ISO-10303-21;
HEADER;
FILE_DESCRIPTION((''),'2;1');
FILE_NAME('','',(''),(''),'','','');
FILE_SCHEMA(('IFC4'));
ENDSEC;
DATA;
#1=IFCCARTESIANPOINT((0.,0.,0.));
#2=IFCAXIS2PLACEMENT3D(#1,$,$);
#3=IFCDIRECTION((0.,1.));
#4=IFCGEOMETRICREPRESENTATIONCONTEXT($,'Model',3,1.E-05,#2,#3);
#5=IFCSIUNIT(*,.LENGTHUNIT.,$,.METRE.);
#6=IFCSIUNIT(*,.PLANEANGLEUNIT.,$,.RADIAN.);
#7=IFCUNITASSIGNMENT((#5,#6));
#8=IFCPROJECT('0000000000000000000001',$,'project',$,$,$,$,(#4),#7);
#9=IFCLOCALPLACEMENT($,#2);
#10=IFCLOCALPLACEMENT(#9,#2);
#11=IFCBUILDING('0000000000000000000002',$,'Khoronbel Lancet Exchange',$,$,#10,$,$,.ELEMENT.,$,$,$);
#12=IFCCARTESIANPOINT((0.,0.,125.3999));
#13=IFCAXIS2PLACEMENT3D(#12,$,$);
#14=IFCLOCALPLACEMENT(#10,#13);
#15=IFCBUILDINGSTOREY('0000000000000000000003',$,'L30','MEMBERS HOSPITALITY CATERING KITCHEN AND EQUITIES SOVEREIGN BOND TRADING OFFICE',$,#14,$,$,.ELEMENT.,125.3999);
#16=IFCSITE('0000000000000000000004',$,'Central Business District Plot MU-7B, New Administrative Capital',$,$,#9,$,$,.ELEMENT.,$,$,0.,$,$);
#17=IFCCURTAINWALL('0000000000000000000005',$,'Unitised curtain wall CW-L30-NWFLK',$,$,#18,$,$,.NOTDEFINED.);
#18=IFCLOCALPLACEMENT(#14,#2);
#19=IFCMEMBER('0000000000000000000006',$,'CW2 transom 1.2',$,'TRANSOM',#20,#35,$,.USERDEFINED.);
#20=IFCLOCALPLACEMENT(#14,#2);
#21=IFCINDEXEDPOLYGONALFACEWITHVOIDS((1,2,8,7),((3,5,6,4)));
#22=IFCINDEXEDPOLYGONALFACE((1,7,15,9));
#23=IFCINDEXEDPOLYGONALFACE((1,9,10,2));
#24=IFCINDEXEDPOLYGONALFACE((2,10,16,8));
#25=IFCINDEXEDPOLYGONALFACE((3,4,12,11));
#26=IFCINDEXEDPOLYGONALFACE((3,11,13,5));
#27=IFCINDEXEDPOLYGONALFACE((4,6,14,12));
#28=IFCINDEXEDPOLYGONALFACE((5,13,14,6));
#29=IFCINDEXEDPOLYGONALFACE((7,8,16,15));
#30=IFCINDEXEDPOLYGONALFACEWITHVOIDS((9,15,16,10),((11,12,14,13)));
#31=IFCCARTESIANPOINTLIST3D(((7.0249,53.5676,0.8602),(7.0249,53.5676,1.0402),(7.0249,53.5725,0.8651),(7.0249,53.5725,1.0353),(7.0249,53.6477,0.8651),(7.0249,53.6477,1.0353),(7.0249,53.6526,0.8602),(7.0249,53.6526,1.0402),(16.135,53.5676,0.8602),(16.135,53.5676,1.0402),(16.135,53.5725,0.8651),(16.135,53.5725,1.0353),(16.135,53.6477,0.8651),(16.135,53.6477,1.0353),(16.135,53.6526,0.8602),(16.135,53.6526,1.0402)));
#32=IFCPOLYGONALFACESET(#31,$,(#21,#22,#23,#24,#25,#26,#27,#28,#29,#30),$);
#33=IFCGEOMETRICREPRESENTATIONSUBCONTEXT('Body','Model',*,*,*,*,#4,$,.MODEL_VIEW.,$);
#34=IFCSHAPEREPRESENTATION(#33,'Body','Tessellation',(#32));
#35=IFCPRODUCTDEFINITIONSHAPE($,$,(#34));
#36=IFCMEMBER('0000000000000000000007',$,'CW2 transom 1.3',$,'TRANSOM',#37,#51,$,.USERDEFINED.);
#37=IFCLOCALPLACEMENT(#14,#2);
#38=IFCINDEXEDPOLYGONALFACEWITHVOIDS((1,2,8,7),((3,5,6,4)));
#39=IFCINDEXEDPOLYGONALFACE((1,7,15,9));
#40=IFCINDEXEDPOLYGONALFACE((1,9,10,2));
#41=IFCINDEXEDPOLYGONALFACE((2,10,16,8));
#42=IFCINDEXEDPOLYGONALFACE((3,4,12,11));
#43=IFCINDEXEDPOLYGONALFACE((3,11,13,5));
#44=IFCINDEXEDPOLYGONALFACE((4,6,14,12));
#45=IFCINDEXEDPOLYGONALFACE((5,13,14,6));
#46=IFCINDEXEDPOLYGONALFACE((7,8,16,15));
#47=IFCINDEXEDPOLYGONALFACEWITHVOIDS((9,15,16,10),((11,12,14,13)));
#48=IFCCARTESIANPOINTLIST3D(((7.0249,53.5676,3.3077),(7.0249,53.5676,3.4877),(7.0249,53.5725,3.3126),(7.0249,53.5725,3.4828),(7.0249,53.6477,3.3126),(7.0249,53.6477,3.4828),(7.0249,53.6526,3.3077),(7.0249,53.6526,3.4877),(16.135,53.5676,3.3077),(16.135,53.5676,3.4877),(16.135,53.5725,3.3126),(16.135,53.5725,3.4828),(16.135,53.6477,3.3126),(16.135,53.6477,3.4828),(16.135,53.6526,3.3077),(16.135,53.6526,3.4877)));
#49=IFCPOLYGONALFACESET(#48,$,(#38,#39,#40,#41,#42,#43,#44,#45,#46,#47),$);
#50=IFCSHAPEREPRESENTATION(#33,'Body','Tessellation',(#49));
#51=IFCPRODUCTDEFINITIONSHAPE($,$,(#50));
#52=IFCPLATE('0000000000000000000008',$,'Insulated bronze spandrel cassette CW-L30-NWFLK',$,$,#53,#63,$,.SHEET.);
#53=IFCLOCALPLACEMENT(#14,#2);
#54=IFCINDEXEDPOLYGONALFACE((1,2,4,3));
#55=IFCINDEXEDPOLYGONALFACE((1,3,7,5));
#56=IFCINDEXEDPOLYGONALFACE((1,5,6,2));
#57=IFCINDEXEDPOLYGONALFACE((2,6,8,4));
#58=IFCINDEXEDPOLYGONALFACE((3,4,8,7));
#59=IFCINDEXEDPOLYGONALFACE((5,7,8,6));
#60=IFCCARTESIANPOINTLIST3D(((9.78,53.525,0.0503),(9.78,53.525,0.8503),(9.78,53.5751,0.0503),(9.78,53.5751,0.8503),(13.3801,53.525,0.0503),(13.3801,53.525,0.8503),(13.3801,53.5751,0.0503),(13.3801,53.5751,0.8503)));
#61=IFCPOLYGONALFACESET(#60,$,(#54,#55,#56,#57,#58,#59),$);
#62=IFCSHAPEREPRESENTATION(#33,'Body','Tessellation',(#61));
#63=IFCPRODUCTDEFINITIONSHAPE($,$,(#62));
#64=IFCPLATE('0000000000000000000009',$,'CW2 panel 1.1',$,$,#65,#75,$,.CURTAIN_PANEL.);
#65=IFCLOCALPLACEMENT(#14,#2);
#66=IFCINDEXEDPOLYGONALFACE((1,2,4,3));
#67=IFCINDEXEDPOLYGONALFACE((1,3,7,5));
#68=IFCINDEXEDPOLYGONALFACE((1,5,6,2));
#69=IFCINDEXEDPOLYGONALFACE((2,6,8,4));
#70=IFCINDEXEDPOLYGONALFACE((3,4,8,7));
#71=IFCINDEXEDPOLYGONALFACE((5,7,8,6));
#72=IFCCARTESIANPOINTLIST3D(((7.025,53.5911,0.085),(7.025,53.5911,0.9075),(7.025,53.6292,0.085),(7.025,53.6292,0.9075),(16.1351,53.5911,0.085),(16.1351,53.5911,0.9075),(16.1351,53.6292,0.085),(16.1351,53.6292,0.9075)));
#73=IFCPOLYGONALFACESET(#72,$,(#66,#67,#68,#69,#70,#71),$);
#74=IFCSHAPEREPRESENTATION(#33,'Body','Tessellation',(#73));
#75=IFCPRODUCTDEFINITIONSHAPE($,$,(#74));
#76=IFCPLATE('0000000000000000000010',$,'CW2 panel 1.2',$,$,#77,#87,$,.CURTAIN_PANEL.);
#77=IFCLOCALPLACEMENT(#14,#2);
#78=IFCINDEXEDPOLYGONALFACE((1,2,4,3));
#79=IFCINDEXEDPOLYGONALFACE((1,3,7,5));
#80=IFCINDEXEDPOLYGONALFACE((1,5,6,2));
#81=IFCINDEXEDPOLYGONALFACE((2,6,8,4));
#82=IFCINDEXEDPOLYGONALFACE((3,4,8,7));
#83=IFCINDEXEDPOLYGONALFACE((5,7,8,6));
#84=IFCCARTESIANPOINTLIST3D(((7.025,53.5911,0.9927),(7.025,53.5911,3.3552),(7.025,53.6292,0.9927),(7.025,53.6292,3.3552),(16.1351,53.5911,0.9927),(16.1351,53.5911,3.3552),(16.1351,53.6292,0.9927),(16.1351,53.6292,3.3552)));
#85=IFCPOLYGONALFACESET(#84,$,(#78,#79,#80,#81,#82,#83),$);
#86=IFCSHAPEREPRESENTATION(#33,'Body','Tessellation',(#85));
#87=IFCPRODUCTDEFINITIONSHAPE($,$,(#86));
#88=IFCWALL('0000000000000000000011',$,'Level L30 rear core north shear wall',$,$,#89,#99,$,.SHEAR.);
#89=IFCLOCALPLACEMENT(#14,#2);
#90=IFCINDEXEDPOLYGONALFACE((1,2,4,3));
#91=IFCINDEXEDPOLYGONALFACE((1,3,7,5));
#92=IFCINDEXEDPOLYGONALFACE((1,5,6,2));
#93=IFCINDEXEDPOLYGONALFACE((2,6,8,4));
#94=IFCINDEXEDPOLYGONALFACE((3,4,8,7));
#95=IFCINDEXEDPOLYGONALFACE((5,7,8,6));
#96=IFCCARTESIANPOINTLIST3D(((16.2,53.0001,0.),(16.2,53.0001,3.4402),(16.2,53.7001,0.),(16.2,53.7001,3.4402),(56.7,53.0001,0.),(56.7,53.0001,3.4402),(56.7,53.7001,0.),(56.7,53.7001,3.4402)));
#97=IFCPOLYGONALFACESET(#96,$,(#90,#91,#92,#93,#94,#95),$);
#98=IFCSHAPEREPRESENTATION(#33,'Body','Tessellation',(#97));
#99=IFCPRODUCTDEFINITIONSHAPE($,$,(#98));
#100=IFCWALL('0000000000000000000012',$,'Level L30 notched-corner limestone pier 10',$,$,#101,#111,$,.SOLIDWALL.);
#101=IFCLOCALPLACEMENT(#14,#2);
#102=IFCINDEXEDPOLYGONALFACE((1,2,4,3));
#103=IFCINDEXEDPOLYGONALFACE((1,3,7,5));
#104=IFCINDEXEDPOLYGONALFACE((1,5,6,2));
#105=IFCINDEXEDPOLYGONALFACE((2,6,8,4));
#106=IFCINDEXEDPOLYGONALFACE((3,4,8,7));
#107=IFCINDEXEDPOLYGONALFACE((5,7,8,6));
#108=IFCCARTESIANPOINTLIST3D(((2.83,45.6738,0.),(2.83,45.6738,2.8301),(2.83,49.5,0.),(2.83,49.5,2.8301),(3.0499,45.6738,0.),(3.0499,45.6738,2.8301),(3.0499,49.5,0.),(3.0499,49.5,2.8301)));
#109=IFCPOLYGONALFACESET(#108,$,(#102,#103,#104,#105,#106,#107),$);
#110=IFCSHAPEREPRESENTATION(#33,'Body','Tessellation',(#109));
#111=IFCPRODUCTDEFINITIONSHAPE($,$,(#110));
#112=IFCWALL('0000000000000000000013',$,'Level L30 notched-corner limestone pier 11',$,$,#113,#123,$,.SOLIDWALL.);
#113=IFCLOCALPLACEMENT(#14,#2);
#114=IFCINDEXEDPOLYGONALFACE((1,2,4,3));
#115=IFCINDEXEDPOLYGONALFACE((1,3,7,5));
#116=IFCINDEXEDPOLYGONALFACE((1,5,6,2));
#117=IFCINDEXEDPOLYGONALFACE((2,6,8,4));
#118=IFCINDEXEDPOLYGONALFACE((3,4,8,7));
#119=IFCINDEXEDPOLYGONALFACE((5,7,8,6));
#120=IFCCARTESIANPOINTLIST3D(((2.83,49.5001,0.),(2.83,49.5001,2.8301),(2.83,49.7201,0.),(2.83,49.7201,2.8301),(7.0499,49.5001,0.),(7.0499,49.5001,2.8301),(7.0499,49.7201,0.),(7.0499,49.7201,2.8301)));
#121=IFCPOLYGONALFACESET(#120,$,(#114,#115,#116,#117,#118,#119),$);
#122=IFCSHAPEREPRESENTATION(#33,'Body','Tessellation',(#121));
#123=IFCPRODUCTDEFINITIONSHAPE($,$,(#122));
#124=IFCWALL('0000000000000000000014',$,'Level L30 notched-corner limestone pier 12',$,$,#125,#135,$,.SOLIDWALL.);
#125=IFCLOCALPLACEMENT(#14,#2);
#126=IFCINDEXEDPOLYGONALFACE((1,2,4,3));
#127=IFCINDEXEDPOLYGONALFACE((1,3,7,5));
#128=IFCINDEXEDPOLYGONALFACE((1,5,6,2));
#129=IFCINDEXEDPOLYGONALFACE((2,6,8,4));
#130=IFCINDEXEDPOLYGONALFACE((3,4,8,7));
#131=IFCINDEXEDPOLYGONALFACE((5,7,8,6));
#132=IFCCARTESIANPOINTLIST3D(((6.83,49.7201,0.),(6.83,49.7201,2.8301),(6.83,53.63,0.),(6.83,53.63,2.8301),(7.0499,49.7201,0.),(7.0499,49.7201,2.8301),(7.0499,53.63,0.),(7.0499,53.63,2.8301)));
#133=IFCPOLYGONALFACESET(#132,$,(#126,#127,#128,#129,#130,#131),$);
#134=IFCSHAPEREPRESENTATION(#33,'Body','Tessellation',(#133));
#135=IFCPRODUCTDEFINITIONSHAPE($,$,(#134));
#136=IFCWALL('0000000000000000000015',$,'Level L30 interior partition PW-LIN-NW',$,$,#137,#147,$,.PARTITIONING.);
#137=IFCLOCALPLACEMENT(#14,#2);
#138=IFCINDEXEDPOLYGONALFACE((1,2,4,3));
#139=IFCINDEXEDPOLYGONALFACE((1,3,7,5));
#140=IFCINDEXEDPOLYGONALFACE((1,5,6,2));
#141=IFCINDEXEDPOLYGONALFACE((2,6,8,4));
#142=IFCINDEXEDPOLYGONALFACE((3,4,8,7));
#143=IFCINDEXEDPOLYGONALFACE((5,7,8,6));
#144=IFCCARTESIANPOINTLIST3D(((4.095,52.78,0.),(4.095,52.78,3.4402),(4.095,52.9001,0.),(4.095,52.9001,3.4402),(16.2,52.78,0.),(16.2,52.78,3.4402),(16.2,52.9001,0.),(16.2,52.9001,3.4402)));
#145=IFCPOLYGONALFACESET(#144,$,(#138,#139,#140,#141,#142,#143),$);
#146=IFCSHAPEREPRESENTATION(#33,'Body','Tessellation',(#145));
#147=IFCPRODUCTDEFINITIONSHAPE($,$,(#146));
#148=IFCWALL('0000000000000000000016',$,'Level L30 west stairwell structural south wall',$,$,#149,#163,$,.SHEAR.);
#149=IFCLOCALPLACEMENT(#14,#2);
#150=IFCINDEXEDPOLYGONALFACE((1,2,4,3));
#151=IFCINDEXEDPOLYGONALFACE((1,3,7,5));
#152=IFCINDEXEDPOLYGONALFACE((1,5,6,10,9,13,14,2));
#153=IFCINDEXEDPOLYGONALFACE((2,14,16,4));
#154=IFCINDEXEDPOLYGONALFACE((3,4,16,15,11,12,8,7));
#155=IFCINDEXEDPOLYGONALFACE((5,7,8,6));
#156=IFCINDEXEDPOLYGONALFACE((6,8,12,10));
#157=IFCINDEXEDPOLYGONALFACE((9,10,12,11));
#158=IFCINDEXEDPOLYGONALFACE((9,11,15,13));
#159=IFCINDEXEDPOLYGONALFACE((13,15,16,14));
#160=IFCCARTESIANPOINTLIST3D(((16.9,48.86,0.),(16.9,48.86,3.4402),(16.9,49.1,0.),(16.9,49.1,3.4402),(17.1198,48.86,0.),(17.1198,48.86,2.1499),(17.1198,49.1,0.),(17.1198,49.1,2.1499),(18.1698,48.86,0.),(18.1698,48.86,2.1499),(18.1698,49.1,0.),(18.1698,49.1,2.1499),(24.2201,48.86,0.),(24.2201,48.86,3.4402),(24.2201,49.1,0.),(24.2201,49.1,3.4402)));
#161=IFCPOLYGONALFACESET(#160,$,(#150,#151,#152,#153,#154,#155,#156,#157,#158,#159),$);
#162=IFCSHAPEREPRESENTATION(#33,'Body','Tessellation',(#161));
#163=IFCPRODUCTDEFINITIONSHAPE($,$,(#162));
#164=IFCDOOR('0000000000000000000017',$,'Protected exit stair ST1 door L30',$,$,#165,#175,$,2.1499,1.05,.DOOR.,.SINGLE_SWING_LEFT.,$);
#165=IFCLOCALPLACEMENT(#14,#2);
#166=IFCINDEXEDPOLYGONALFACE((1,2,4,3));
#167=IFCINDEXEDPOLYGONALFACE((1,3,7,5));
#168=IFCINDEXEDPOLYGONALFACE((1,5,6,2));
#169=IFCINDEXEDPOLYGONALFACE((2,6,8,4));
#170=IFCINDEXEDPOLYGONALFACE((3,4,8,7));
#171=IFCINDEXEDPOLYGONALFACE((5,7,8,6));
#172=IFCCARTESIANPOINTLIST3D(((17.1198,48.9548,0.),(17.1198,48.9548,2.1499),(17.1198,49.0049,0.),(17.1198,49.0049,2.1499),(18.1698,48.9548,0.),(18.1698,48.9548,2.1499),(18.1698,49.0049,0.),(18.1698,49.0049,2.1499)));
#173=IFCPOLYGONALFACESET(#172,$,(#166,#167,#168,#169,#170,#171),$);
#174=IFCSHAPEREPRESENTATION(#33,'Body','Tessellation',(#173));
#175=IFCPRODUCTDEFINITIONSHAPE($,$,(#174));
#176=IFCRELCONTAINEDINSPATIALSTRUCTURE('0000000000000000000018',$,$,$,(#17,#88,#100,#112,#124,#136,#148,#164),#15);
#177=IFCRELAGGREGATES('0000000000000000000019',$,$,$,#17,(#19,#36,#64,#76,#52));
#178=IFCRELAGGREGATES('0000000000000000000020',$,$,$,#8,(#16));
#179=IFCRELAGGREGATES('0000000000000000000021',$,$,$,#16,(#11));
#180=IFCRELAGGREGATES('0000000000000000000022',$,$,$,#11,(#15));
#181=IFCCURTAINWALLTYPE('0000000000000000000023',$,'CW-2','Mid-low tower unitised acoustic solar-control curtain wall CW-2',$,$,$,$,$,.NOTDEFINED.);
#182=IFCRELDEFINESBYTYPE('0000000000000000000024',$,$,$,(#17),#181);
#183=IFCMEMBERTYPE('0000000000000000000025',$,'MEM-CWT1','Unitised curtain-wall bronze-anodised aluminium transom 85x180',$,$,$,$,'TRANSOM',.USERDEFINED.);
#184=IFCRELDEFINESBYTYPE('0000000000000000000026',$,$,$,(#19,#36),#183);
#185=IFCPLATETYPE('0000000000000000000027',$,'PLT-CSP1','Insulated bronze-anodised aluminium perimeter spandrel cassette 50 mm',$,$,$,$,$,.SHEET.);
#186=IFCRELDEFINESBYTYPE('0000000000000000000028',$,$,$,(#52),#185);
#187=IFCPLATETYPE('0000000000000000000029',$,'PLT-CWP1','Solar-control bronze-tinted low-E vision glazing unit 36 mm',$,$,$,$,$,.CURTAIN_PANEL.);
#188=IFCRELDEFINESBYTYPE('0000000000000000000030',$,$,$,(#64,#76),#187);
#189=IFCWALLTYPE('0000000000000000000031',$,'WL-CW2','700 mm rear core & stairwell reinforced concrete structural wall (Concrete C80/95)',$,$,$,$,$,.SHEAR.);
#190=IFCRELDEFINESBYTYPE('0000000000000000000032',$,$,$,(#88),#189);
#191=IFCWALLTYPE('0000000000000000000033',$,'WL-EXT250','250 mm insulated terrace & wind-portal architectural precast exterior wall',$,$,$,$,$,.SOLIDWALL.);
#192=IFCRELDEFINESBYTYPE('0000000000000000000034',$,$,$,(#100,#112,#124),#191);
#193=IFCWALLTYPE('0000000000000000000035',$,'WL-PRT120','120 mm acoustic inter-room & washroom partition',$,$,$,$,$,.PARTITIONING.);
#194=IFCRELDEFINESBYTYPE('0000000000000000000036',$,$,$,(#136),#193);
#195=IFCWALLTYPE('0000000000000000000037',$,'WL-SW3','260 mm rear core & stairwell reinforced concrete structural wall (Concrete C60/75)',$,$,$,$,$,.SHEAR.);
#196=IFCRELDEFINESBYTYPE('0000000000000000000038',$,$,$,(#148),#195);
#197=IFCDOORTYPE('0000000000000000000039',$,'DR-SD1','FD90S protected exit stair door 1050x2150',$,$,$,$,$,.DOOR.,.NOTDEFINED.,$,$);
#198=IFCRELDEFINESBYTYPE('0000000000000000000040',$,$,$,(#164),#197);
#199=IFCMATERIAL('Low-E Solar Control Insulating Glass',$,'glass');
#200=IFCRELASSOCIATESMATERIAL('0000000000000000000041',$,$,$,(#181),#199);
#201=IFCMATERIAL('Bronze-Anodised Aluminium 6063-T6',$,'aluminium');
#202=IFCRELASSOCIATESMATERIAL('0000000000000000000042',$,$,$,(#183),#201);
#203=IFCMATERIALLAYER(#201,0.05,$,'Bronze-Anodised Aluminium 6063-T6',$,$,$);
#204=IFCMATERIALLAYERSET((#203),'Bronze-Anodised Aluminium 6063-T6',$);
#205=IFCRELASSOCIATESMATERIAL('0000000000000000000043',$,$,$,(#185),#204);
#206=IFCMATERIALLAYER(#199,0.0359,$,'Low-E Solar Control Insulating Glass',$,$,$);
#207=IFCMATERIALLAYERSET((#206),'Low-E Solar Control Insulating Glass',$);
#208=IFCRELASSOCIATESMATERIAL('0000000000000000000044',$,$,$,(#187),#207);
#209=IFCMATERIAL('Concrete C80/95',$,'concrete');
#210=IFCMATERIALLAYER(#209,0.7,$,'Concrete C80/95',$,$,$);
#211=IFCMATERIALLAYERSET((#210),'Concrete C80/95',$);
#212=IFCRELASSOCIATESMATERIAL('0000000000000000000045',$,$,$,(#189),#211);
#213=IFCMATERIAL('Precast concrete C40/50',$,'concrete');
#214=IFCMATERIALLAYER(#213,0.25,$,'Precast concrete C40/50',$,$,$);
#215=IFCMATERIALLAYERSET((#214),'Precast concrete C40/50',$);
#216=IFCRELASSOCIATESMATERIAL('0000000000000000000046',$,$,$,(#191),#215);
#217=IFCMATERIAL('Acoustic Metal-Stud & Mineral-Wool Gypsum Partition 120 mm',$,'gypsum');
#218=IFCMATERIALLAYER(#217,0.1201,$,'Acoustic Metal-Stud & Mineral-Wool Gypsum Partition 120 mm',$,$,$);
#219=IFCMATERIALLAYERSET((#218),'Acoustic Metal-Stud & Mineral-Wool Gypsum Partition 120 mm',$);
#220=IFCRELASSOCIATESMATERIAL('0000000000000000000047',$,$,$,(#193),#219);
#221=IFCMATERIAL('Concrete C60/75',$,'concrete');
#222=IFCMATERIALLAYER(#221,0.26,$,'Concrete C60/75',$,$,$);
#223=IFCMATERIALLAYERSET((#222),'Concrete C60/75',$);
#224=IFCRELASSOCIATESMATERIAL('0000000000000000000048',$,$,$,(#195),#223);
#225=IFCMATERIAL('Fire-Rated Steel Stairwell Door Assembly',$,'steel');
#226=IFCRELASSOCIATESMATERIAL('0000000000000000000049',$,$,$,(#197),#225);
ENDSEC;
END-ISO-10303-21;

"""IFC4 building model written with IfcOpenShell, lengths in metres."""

from ifc_helpers import new_model, si_unit, direction, frame, frame_2d, origin, origin_2d, place, context, subcontext, project, spatial, rectangle, hollow_rectangle, extrude, material, layer, layer_set, material_profile, profile_set, type_object, element, fill, aggregate, save


model = new_model("IFC4")

# Units and contexts
model_context = context("Model", 3, precision=1e-05, world=origin(), true_north=direction((0.0, 1.0)))
body_context = subcontext(model_context, "Body", "Model", "MODEL_VIEW")
ifc_project = project(units=[si_unit("LENGTHUNIT", "METRE"), si_unit("PLANEANGLEUNIT", "RADIAN")], contexts=[model_context])

# Site, building, storey
site_placement = place(None, origin())
site = spatial("IfcSite", under=ifc_project, at=site_placement, Name="Central Business District Plot MU-7B, New Administrative Capital", CompositionType="ELEMENT", RefElevation=0.0)
building_placement = place(site_placement, origin())
building = spatial("IfcBuilding", under=site, at=building_placement, Name="Khoronbel Lancet Exchange", CompositionType="ELEMENT")
storey_placement = place(building_placement, frame((0.0, 0.0, 125.3999)))
storey = spatial("IfcBuildingStorey", under=building, at=storey_placement, Name="L30", Description="MEMBERS HOSPITALITY CATERING KITCHEN AND EQUITIES SOVEREIGN BOND TRADING OFFICE", CompositionType="ELEMENT", Elevation=125.3999)

# Curtain wall, members, plates
ifc_material_1 = material(Name="Low-E Solar Control Insulating Glass", Category="glass")
curtain_wall_type = type_object("IfcCurtainWallType", Name="CW-2", Description="Mid-low tower unitised acoustic solar-control curtain wall CW-2", PredefinedType="NOTDEFINED", material=ifc_material_1)
curtain_wall_placement = place(storey_placement, origin())
curtain_wall = element("IfcCurtainWall", 1, at=curtain_wall_placement, inside=storey, type_object=curtain_wall_type, Name="Unitised curtain wall CW-L30-NWFLK", PredefinedType="NOTDEFINED")
ifc_material_2 = material(Name="Bronze-Anodised Aluminium 6063-T6", Category="aluminium")
ifc_material_profile_1 = material_profile(ifc_material_2, hollow_rectangle(XDim=0.085, YDim=0.1799, WallThickness=0.0049, at=origin_2d()), Name="ALU TRANSOM 85x180")
ifc_profile_set_1 = profile_set([ifc_material_profile_1], Name="Bronze-Anodised Aluminium 6063-T6")
member_type_1 = type_object("IfcMemberType", Name="MEM-CWT1", Description="Unitised curtain-wall bronze-anodised aluminium transom 85x180", ElementType="TRANSOM", PredefinedType="USERDEFINED", material=ifc_profile_set_1)
member_1_placement = place(storey_placement, frame((16.135, 53.6101, 0.9502), z_axis=(-1.0, 0.0, 0.0), x_axis=(0.0, -1.0, 0.0)))
member_1 = element("IfcMember", 2, at=member_1_placement, type_object=member_type_1, Name="CW2 transom 1.2", ObjectType="TRANSOM", PredefinedType="USERDEFINED", context=body_context, shape_type="SweptSolid", body=[
    extrude(hollow_rectangle(XDim=0.085, YDim=0.1799, WallThickness=0.0049, at=origin_2d()), origin(), (0.0, 0.0, 1.0), 9.1101),
])
member_2_placement = place(storey_placement, frame((16.135, 53.6101, 3.3977), z_axis=(-1.0, 0.0, 0.0), x_axis=(0.0, -1.0, 0.0)))
member_2 = element("IfcMember", 3, at=member_2_placement, type_object=member_type_1, Name="CW2 transom 1.3", ObjectType="TRANSOM", PredefinedType="USERDEFINED", context=body_context, shape_type="SweptSolid", body=[
    extrude(hollow_rectangle(XDim=0.085, YDim=0.1799, WallThickness=0.0049, at=origin_2d()), origin(), (0.0, 0.0, 1.0), 9.1101),
])
ifc_layer_1 = layer(ifc_material_2, 0.05, Name="Bronze-Anodised Aluminium 6063-T6")
ifc_layer_set_1 = layer_set([ifc_layer_1], Name="Bronze-Anodised Aluminium 6063-T6")
plate_type_1 = type_object("IfcPlateType", Name="PLT-CSP1", Description="Insulated bronze-anodised aluminium perimeter spandrel cassette 50 mm", PredefinedType="SHEET", material=ifc_layer_set_1)
plate_1_placement = place(storey_placement, frame((11.5801, 53.55, 0.0503), z_axis=(0.0, 0.0, 1.0), x_axis=(-1.0, 0.0, 0.0)))
plate_1 = element("IfcPlate", 4, at=plate_1_placement, type_object=plate_type_1, Name="Insulated bronze spandrel cassette CW-L30-NWFLK", PredefinedType="SHEET", context=body_context, shape_type="SweptSolid", body=[
    extrude(rectangle(XDim=3.6001, YDim=0.05, at=origin_2d()), origin(), (0.0, 0.0, 1.0), 0.8),
])
ifc_layer_2 = layer(ifc_material_1, 0.0359, Name="Low-E Solar Control Insulating Glass")
ifc_layer_set_2 = layer_set([ifc_layer_2], Name="Low-E Solar Control Insulating Glass")
plate_type_2 = type_object("IfcPlateType", Name="PLT-CWP1", Description="Solar-control bronze-tinted low-E vision glazing unit 36 mm", PredefinedType="CURTAIN_PANEL", material=ifc_layer_set_2)
plate_2_placement = place(storey_placement, frame((11.5801, 53.6101, 0.085), z_axis=(0.0, 0.0, 1.0), x_axis=(-1.0, 0.0, 0.0)))
plate_2 = element("IfcPlate", 5, at=plate_2_placement, type_object=plate_type_2, Name="CW2 panel 1.1", PredefinedType="CURTAIN_PANEL", context=body_context, shape_type="SweptSolid", body=[
    extrude(rectangle(XDim=9.1101, YDim=0.0381, at=origin_2d()), origin(), (0.0, 0.0, 1.0), 0.8225),
])
plate_3_placement = place(storey_placement, frame((11.5801, 53.6101, 0.9927), z_axis=(0.0, 0.0, 1.0), x_axis=(-1.0, 0.0, 0.0)))
plate_3 = element("IfcPlate", 6, at=plate_3_placement, type_object=plate_type_2, Name="CW2 panel 1.2", PredefinedType="CURTAIN_PANEL", context=body_context, shape_type="SweptSolid", body=[
    extrude(rectangle(XDim=9.1101, YDim=0.0381, at=origin_2d()), origin(), (0.0, 0.0, 1.0), 2.3625),
])
aggregate(curtain_wall, [member_1, member_2, plate_2, plate_3, plate_1])

# Walls
ifc_material_3 = material(Name="Concrete C80/95", Category="concrete")
ifc_layer_3 = layer(ifc_material_3, 0.7, Name="Concrete C80/95")
ifc_layer_set_3 = layer_set([ifc_layer_3], Name="Concrete C80/95")
wall_type_1 = type_object("IfcWallType", Name="WL-CW2", Description="700 mm rear core & stairwell reinforced concrete structural wall (Concrete C80/95)", PredefinedType="SHEAR", material=ifc_layer_set_3)
wall_1_placement = place(storey_placement, frame((16.2, 53.3501, 0.0), z_axis=(0.0, 0.0, 1.0), x_axis=(1.0, 0.0, 0.0)))
element("IfcWall", 7, at=wall_1_placement, inside=storey, type_object=wall_type_1, Name="Level L30 rear core north shear wall", PredefinedType="SHEAR", context=body_context, shape_type="SweptSolid", body=[
    extrude(rectangle(XDim=40.5, YDim=0.7, at=frame_2d((20.25, 0.0))), origin(), (0.0, 0.0, 1.0), 3.4402),
])
ifc_material_4 = material(Name="Precast concrete C40/50", Category="concrete")
ifc_layer_4 = layer(ifc_material_4, 0.25, Name="Precast concrete C40/50")
ifc_layer_set_4 = layer_set([ifc_layer_4], Name="Precast concrete C40/50")
wall_type_2 = type_object("IfcWallType", Name="WL-EXT250", Description="250 mm insulated terrace & wind-portal architectural precast exterior wall", PredefinedType="SOLIDWALL", material=ifc_layer_set_4)
wall_2_placement = place(storey_placement, frame((2.9399, 45.6738, 0.0), z_axis=(0.0, 0.0, 1.0), x_axis=(0.0, 1.0, 0.0)))
element("IfcWall", 8, at=wall_2_placement, inside=storey, type_object=wall_type_2, Name="Level L30 notched-corner limestone pier 10", PredefinedType="SOLIDWALL", context=body_context, shape_type="SweptSolid", body=[
    extrude(rectangle(XDim=3.8262, YDim=0.22, at=frame_2d((1.9131, 0.0))), origin(), (0.0, 0.0, 1.0), 2.8301),
])
wall_3_placement = place(storey_placement, frame((2.8301, 49.6101, 0.0), z_axis=(0.0, 0.0, 1.0), x_axis=(1.0, 0.0, 0.0)))
element("IfcWall", 9, at=wall_3_placement, inside=storey, type_object=wall_type_2, Name="Level L30 notched-corner limestone pier 11", PredefinedType="SOLIDWALL", context=body_context, shape_type="SweptSolid", body=[
    extrude(rectangle(XDim=4.22, YDim=0.22, at=frame_2d((2.1099, 0.0))), origin(), (0.0, 0.0, 1.0), 2.8301),
])
wall_4_placement = place(storey_placement, frame((6.9399, 49.72, 0.0), z_axis=(0.0, 0.0, 1.0), x_axis=(0.0, 1.0, 0.0)))
element("IfcWall", 10, at=wall_4_placement, inside=storey, type_object=wall_type_2, Name="Level L30 notched-corner limestone pier 12", PredefinedType="SOLIDWALL", context=body_context, shape_type="SweptSolid", body=[
    extrude(rectangle(XDim=3.9099, YDim=0.22, at=frame_2d((1.9551, 0.0))), origin(), (0.0, 0.0, 1.0), 2.8301),
])
ifc_material_5 = material(Name="Acoustic Metal-Stud & Mineral-Wool Gypsum Partition 120 mm", Category="gypsum")
ifc_layer_5 = layer(ifc_material_5, 0.1201, Name="Acoustic Metal-Stud & Mineral-Wool Gypsum Partition 120 mm")
ifc_layer_set_5 = layer_set([ifc_layer_5], Name="Acoustic Metal-Stud & Mineral-Wool Gypsum Partition 120 mm")
wall_type_3 = type_object("IfcWallType", Name="WL-PRT120", Description="120 mm acoustic inter-room & washroom partition", PredefinedType="PARTITIONING", material=ifc_layer_set_5)
wall_5_placement = place(storey_placement, frame((4.095, 52.8401, 0.0), z_axis=(0.0, 0.0, 1.0), x_axis=(1.0, 0.0, 0.0)))
element("IfcWall", 11, at=wall_5_placement, inside=storey, type_object=wall_type_3, Name="Level L30 interior partition PW-LIN-NW", PredefinedType="PARTITIONING", context=body_context, shape_type="SweptSolid", body=[
    extrude(rectangle(XDim=12.105, YDim=0.1201, at=frame_2d((6.0525, 0.0))), origin(), (0.0, 0.0, 1.0), 3.4402),
])

# Wall, opening, door
ifc_material_6 = material(Name="Concrete C60/75", Category="concrete")
ifc_layer_6 = layer(ifc_material_6, 0.26, Name="Concrete C60/75")
ifc_layer_set_6 = layer_set([ifc_layer_6], Name="Concrete C60/75")
wall_type_4 = type_object("IfcWallType", Name="WL-SW3", Description="260 mm rear core & stairwell reinforced concrete structural wall (Concrete C60/75)", PredefinedType="SHEAR", material=ifc_layer_set_6)
wall_6_placement = place(storey_placement, frame((16.8999, 48.98, 0.0), z_axis=(0.0, 0.0, 1.0), x_axis=(1.0, 0.0, 0.0)))
wall_6 = element("IfcWall", 12, at=wall_6_placement, inside=storey, type_object=wall_type_4, Name="Level L30 west stairwell structural south wall", PredefinedType="SHEAR", context=body_context, shape_type="SweptSolid", body=[
    extrude(rectangle(XDim=7.3201, YDim=0.24, at=frame_2d((3.6602, 0.0))), origin(), (0.0, 0.0, 1.0), 3.4402),
])
opening_placement = place(wall_6_placement, frame((0.22, 0.0, 0.0)))
opening = element("IfcOpeningElement", 13, at=opening_placement, cuts=wall_6, PredefinedType="OPENING", context=body_context, shape_type="SweptSolid", body=[
    extrude(rectangle(XDim=1.05, YDim=2.1499, at=frame_2d((0.5249, 1.075))), frame((0.0, 0.1299, 0.0), z_axis=(0.0, -1.0, 0.0), x_axis=(1.0, 0.0, 0.0)), (0.0, 0.0, 1.0), 0.26),
])
ifc_material_7 = material(Name="Fire-Rated Steel Stairwell Door Assembly", Category="steel")
door_type = type_object("IfcDoorType", Name="DR-SD1", Description="FD90S protected exit stair door 1050x2150", OperationType="NOTDEFINED", PredefinedType="DOOR", material=ifc_material_7)
door_placement = place(opening_placement, origin())
door = element("IfcDoor", 14, at=door_placement, inside=storey, type_object=door_type, Name="Protected exit stair ST1 door L30", OperationType="SINGLE_SWING_LEFT", OverallHeight=2.1499, OverallWidth=1.05, PredefinedType="DOOR", context=body_context, shape_type="SweptSolid", body=[
    extrude(rectangle(XDim=1.05, YDim=2.1499, at=frame_2d((0.5249, 1.075))), frame((0.0, 0.0249, 0.0), z_axis=(0.0, -1.0, 0.0), x_axis=(1.0, 0.0, 0.0)), (0.0, 0.0, 1.0), 0.05),
])
fill(opening, door)

save(model, "model.ifc")
